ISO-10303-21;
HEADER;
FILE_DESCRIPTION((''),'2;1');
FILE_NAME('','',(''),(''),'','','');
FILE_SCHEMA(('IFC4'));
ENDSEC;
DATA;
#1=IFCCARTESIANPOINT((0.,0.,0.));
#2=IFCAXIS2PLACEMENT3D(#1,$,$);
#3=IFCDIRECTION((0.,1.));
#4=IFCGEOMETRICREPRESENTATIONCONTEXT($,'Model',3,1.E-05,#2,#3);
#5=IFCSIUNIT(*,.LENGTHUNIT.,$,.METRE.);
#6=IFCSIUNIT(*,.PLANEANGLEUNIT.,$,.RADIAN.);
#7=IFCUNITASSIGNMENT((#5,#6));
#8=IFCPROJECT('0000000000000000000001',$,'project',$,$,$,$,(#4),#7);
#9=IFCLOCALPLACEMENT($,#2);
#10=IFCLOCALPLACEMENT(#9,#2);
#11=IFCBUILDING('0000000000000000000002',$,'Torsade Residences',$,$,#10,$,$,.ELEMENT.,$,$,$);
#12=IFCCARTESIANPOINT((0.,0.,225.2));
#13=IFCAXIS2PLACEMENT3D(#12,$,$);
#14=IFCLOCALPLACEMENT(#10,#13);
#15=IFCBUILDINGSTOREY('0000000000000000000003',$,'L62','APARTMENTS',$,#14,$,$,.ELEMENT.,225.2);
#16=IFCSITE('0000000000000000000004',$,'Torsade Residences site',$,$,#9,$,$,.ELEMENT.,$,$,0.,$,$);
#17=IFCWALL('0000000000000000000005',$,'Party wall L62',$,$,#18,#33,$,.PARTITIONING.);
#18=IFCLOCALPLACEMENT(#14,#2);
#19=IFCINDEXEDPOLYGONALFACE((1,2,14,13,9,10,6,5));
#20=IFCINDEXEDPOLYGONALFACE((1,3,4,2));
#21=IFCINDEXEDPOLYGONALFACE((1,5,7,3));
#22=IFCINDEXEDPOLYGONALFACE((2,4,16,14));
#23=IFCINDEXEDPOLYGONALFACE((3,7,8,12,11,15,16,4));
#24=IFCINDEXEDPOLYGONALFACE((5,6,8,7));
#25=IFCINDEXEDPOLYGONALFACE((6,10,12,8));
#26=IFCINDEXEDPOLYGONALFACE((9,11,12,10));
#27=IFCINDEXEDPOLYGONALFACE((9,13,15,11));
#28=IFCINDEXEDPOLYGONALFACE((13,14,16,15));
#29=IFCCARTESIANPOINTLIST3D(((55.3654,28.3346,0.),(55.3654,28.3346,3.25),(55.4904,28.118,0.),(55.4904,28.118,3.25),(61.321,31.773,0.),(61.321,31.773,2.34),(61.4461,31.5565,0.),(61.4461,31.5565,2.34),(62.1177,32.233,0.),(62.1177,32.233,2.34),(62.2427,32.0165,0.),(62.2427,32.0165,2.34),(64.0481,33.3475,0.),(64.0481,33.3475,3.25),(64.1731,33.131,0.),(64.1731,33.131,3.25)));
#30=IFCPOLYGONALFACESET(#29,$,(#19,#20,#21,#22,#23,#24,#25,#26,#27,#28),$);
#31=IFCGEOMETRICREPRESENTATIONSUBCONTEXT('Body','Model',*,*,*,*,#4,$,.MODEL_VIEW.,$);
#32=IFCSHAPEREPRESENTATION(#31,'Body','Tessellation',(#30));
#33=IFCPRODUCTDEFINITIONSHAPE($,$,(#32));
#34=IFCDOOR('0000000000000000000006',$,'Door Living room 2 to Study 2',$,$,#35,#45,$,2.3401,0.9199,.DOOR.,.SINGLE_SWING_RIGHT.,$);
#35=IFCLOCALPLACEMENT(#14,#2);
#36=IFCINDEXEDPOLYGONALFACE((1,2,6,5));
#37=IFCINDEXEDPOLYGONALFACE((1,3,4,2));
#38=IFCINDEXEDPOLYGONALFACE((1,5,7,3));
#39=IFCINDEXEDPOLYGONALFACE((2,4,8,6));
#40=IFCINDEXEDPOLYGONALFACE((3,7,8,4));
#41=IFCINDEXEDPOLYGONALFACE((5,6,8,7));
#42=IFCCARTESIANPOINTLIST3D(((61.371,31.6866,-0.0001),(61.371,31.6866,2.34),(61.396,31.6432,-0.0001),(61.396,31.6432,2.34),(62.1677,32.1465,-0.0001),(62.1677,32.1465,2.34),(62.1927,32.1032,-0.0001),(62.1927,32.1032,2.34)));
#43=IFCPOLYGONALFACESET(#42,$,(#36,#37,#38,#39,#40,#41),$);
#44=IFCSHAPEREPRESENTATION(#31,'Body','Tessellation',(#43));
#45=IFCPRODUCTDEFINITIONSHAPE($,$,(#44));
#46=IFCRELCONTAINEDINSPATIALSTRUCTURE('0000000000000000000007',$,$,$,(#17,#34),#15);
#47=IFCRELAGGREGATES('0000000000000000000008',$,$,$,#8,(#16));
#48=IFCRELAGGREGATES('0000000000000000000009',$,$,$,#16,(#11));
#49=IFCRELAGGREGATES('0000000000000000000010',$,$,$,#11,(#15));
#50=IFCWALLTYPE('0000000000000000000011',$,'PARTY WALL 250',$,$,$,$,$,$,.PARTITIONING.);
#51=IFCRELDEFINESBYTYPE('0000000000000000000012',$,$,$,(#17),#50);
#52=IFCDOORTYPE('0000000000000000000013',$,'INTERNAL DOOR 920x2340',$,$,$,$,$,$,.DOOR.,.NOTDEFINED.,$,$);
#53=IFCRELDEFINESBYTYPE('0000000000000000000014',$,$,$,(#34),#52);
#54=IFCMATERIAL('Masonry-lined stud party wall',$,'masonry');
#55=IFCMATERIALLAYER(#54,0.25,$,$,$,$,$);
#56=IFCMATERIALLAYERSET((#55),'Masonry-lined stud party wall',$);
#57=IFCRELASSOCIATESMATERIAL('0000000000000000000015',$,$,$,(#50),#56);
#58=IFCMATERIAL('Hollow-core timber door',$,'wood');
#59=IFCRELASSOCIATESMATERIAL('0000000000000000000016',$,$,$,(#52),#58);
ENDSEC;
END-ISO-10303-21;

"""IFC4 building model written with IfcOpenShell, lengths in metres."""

from ifc_helpers import new_model, si_unit, direction, frame, frame_2d, origin, place, context, subcontext, project, spatial, rectangle, extrude, material, layer, layer_set, type_object, element, fill, save


model = new_model("IFC4")

# Units and contexts
model_context = context("Model", 3, precision=1e-05, world=origin(), true_north=direction((0.0, 1.0)))
body_context = subcontext(model_context, "Body", "Model", "MODEL_VIEW")
ifc_project = project(units=[si_unit("LENGTHUNIT", "METRE"), si_unit("PLANEANGLEUNIT", "RADIAN")], contexts=[model_context])

# Site, building, storey
site_placement = place(None, origin())
site = spatial("IfcSite", under=ifc_project, at=site_placement, Name="Torsade Residences site", CompositionType="ELEMENT", RefElevation=0.0)
building_placement = place(site_placement, origin())
building = spatial("IfcBuilding", under=site, at=building_placement, Name="Torsade Residences", CompositionType="ELEMENT")
storey_placement = place(building_placement, frame((0.0, 0.0, 225.2)))
storey = spatial("IfcBuildingStorey", under=building, at=storey_placement, Name="L62", Description="APARTMENTS", CompositionType="ELEMENT", Elevation=225.2)

# Shared definitions
ifc_material_1 = material(Name="Masonry-lined stud party wall", Category="masonry")
ifc_layer_1 = layer(ifc_material_1, 0.25)
ifc_layer_set_1 = layer_set([ifc_layer_1], Name="Masonry-lined stud party wall")
wall_type_1 = type_object("IfcWallType", Name="PARTY WALL 250", PredefinedType="PARTITIONING", material=ifc_layer_set_1)

# Wall, opening, door
wall_1_placement = place(storey_placement, frame((64.1106, 33.2393, 0.0), z_axis=(0.0, 0.0, 1.0), x_axis=(-0.866024, -0.500002, 0.0)))
wall_1 = element("IfcWall", 1, at=wall_1_placement, inside=storey, type_object=wall_type_1, Name="Party wall L62", PredefinedType="PARTITIONING", context=body_context, shape_type="SweptSolid", body=[
    extrude(rectangle(XDim=10.0259, YDim=0.25, at=frame_2d((5.0129, 0.0))), origin(), (0.0, 0.0, 1.0), 3.25),
])
opening_1_placement = place(wall_1_placement, frame((2.229, 0.0, 0.0)))
opening_1 = element("IfcOpeningElement", 2, at=opening_1_placement, cuts=wall_1, PredefinedType="OPENING", context=body_context, shape_type="SweptSolid", body=[
    extrude(rectangle(XDim=0.9199, YDim=2.3401, at=frame_2d((0.46, 1.1699))), frame((0.0, 0.135, 0.0), z_axis=(0.0, -1.0, 0.0), x_axis=(1.0, 0.0, 0.0)), (0.0, 0.0, 1.0), 0.27),
])
ifc_material_2 = material(Name="Hollow-core timber door", Category="wood")
door_type_1 = type_object("IfcDoorType", Name="INTERNAL DOOR 920x2340", OperationType="NOTDEFINED", PredefinedType="DOOR", material=ifc_material_2)
door_1_placement = place(opening_1_placement, origin())
door_1 = element("IfcDoor", 3, at=door_1_placement, inside=storey, type_object=door_type_1, Name="Door Living room 2 to Study 2", OperationType="SINGLE_SWING_RIGHT", OverallHeight=2.3401, OverallWidth=0.9199, PredefinedType="DOOR", context=body_context, shape_type="SweptSolid", body=[
    extrude(rectangle(XDim=0.9199, YDim=2.3401, at=frame_2d((0.46, 1.1699))), frame((0.0, 0.0249, 0.0), z_axis=(0.0, -1.0, 0.0), x_axis=(1.0, 0.0, 0.0)), (0.0, 0.0, 1.0), 0.05),
])
fill(opening_1, door_1)

save(model, "model.ifc")
